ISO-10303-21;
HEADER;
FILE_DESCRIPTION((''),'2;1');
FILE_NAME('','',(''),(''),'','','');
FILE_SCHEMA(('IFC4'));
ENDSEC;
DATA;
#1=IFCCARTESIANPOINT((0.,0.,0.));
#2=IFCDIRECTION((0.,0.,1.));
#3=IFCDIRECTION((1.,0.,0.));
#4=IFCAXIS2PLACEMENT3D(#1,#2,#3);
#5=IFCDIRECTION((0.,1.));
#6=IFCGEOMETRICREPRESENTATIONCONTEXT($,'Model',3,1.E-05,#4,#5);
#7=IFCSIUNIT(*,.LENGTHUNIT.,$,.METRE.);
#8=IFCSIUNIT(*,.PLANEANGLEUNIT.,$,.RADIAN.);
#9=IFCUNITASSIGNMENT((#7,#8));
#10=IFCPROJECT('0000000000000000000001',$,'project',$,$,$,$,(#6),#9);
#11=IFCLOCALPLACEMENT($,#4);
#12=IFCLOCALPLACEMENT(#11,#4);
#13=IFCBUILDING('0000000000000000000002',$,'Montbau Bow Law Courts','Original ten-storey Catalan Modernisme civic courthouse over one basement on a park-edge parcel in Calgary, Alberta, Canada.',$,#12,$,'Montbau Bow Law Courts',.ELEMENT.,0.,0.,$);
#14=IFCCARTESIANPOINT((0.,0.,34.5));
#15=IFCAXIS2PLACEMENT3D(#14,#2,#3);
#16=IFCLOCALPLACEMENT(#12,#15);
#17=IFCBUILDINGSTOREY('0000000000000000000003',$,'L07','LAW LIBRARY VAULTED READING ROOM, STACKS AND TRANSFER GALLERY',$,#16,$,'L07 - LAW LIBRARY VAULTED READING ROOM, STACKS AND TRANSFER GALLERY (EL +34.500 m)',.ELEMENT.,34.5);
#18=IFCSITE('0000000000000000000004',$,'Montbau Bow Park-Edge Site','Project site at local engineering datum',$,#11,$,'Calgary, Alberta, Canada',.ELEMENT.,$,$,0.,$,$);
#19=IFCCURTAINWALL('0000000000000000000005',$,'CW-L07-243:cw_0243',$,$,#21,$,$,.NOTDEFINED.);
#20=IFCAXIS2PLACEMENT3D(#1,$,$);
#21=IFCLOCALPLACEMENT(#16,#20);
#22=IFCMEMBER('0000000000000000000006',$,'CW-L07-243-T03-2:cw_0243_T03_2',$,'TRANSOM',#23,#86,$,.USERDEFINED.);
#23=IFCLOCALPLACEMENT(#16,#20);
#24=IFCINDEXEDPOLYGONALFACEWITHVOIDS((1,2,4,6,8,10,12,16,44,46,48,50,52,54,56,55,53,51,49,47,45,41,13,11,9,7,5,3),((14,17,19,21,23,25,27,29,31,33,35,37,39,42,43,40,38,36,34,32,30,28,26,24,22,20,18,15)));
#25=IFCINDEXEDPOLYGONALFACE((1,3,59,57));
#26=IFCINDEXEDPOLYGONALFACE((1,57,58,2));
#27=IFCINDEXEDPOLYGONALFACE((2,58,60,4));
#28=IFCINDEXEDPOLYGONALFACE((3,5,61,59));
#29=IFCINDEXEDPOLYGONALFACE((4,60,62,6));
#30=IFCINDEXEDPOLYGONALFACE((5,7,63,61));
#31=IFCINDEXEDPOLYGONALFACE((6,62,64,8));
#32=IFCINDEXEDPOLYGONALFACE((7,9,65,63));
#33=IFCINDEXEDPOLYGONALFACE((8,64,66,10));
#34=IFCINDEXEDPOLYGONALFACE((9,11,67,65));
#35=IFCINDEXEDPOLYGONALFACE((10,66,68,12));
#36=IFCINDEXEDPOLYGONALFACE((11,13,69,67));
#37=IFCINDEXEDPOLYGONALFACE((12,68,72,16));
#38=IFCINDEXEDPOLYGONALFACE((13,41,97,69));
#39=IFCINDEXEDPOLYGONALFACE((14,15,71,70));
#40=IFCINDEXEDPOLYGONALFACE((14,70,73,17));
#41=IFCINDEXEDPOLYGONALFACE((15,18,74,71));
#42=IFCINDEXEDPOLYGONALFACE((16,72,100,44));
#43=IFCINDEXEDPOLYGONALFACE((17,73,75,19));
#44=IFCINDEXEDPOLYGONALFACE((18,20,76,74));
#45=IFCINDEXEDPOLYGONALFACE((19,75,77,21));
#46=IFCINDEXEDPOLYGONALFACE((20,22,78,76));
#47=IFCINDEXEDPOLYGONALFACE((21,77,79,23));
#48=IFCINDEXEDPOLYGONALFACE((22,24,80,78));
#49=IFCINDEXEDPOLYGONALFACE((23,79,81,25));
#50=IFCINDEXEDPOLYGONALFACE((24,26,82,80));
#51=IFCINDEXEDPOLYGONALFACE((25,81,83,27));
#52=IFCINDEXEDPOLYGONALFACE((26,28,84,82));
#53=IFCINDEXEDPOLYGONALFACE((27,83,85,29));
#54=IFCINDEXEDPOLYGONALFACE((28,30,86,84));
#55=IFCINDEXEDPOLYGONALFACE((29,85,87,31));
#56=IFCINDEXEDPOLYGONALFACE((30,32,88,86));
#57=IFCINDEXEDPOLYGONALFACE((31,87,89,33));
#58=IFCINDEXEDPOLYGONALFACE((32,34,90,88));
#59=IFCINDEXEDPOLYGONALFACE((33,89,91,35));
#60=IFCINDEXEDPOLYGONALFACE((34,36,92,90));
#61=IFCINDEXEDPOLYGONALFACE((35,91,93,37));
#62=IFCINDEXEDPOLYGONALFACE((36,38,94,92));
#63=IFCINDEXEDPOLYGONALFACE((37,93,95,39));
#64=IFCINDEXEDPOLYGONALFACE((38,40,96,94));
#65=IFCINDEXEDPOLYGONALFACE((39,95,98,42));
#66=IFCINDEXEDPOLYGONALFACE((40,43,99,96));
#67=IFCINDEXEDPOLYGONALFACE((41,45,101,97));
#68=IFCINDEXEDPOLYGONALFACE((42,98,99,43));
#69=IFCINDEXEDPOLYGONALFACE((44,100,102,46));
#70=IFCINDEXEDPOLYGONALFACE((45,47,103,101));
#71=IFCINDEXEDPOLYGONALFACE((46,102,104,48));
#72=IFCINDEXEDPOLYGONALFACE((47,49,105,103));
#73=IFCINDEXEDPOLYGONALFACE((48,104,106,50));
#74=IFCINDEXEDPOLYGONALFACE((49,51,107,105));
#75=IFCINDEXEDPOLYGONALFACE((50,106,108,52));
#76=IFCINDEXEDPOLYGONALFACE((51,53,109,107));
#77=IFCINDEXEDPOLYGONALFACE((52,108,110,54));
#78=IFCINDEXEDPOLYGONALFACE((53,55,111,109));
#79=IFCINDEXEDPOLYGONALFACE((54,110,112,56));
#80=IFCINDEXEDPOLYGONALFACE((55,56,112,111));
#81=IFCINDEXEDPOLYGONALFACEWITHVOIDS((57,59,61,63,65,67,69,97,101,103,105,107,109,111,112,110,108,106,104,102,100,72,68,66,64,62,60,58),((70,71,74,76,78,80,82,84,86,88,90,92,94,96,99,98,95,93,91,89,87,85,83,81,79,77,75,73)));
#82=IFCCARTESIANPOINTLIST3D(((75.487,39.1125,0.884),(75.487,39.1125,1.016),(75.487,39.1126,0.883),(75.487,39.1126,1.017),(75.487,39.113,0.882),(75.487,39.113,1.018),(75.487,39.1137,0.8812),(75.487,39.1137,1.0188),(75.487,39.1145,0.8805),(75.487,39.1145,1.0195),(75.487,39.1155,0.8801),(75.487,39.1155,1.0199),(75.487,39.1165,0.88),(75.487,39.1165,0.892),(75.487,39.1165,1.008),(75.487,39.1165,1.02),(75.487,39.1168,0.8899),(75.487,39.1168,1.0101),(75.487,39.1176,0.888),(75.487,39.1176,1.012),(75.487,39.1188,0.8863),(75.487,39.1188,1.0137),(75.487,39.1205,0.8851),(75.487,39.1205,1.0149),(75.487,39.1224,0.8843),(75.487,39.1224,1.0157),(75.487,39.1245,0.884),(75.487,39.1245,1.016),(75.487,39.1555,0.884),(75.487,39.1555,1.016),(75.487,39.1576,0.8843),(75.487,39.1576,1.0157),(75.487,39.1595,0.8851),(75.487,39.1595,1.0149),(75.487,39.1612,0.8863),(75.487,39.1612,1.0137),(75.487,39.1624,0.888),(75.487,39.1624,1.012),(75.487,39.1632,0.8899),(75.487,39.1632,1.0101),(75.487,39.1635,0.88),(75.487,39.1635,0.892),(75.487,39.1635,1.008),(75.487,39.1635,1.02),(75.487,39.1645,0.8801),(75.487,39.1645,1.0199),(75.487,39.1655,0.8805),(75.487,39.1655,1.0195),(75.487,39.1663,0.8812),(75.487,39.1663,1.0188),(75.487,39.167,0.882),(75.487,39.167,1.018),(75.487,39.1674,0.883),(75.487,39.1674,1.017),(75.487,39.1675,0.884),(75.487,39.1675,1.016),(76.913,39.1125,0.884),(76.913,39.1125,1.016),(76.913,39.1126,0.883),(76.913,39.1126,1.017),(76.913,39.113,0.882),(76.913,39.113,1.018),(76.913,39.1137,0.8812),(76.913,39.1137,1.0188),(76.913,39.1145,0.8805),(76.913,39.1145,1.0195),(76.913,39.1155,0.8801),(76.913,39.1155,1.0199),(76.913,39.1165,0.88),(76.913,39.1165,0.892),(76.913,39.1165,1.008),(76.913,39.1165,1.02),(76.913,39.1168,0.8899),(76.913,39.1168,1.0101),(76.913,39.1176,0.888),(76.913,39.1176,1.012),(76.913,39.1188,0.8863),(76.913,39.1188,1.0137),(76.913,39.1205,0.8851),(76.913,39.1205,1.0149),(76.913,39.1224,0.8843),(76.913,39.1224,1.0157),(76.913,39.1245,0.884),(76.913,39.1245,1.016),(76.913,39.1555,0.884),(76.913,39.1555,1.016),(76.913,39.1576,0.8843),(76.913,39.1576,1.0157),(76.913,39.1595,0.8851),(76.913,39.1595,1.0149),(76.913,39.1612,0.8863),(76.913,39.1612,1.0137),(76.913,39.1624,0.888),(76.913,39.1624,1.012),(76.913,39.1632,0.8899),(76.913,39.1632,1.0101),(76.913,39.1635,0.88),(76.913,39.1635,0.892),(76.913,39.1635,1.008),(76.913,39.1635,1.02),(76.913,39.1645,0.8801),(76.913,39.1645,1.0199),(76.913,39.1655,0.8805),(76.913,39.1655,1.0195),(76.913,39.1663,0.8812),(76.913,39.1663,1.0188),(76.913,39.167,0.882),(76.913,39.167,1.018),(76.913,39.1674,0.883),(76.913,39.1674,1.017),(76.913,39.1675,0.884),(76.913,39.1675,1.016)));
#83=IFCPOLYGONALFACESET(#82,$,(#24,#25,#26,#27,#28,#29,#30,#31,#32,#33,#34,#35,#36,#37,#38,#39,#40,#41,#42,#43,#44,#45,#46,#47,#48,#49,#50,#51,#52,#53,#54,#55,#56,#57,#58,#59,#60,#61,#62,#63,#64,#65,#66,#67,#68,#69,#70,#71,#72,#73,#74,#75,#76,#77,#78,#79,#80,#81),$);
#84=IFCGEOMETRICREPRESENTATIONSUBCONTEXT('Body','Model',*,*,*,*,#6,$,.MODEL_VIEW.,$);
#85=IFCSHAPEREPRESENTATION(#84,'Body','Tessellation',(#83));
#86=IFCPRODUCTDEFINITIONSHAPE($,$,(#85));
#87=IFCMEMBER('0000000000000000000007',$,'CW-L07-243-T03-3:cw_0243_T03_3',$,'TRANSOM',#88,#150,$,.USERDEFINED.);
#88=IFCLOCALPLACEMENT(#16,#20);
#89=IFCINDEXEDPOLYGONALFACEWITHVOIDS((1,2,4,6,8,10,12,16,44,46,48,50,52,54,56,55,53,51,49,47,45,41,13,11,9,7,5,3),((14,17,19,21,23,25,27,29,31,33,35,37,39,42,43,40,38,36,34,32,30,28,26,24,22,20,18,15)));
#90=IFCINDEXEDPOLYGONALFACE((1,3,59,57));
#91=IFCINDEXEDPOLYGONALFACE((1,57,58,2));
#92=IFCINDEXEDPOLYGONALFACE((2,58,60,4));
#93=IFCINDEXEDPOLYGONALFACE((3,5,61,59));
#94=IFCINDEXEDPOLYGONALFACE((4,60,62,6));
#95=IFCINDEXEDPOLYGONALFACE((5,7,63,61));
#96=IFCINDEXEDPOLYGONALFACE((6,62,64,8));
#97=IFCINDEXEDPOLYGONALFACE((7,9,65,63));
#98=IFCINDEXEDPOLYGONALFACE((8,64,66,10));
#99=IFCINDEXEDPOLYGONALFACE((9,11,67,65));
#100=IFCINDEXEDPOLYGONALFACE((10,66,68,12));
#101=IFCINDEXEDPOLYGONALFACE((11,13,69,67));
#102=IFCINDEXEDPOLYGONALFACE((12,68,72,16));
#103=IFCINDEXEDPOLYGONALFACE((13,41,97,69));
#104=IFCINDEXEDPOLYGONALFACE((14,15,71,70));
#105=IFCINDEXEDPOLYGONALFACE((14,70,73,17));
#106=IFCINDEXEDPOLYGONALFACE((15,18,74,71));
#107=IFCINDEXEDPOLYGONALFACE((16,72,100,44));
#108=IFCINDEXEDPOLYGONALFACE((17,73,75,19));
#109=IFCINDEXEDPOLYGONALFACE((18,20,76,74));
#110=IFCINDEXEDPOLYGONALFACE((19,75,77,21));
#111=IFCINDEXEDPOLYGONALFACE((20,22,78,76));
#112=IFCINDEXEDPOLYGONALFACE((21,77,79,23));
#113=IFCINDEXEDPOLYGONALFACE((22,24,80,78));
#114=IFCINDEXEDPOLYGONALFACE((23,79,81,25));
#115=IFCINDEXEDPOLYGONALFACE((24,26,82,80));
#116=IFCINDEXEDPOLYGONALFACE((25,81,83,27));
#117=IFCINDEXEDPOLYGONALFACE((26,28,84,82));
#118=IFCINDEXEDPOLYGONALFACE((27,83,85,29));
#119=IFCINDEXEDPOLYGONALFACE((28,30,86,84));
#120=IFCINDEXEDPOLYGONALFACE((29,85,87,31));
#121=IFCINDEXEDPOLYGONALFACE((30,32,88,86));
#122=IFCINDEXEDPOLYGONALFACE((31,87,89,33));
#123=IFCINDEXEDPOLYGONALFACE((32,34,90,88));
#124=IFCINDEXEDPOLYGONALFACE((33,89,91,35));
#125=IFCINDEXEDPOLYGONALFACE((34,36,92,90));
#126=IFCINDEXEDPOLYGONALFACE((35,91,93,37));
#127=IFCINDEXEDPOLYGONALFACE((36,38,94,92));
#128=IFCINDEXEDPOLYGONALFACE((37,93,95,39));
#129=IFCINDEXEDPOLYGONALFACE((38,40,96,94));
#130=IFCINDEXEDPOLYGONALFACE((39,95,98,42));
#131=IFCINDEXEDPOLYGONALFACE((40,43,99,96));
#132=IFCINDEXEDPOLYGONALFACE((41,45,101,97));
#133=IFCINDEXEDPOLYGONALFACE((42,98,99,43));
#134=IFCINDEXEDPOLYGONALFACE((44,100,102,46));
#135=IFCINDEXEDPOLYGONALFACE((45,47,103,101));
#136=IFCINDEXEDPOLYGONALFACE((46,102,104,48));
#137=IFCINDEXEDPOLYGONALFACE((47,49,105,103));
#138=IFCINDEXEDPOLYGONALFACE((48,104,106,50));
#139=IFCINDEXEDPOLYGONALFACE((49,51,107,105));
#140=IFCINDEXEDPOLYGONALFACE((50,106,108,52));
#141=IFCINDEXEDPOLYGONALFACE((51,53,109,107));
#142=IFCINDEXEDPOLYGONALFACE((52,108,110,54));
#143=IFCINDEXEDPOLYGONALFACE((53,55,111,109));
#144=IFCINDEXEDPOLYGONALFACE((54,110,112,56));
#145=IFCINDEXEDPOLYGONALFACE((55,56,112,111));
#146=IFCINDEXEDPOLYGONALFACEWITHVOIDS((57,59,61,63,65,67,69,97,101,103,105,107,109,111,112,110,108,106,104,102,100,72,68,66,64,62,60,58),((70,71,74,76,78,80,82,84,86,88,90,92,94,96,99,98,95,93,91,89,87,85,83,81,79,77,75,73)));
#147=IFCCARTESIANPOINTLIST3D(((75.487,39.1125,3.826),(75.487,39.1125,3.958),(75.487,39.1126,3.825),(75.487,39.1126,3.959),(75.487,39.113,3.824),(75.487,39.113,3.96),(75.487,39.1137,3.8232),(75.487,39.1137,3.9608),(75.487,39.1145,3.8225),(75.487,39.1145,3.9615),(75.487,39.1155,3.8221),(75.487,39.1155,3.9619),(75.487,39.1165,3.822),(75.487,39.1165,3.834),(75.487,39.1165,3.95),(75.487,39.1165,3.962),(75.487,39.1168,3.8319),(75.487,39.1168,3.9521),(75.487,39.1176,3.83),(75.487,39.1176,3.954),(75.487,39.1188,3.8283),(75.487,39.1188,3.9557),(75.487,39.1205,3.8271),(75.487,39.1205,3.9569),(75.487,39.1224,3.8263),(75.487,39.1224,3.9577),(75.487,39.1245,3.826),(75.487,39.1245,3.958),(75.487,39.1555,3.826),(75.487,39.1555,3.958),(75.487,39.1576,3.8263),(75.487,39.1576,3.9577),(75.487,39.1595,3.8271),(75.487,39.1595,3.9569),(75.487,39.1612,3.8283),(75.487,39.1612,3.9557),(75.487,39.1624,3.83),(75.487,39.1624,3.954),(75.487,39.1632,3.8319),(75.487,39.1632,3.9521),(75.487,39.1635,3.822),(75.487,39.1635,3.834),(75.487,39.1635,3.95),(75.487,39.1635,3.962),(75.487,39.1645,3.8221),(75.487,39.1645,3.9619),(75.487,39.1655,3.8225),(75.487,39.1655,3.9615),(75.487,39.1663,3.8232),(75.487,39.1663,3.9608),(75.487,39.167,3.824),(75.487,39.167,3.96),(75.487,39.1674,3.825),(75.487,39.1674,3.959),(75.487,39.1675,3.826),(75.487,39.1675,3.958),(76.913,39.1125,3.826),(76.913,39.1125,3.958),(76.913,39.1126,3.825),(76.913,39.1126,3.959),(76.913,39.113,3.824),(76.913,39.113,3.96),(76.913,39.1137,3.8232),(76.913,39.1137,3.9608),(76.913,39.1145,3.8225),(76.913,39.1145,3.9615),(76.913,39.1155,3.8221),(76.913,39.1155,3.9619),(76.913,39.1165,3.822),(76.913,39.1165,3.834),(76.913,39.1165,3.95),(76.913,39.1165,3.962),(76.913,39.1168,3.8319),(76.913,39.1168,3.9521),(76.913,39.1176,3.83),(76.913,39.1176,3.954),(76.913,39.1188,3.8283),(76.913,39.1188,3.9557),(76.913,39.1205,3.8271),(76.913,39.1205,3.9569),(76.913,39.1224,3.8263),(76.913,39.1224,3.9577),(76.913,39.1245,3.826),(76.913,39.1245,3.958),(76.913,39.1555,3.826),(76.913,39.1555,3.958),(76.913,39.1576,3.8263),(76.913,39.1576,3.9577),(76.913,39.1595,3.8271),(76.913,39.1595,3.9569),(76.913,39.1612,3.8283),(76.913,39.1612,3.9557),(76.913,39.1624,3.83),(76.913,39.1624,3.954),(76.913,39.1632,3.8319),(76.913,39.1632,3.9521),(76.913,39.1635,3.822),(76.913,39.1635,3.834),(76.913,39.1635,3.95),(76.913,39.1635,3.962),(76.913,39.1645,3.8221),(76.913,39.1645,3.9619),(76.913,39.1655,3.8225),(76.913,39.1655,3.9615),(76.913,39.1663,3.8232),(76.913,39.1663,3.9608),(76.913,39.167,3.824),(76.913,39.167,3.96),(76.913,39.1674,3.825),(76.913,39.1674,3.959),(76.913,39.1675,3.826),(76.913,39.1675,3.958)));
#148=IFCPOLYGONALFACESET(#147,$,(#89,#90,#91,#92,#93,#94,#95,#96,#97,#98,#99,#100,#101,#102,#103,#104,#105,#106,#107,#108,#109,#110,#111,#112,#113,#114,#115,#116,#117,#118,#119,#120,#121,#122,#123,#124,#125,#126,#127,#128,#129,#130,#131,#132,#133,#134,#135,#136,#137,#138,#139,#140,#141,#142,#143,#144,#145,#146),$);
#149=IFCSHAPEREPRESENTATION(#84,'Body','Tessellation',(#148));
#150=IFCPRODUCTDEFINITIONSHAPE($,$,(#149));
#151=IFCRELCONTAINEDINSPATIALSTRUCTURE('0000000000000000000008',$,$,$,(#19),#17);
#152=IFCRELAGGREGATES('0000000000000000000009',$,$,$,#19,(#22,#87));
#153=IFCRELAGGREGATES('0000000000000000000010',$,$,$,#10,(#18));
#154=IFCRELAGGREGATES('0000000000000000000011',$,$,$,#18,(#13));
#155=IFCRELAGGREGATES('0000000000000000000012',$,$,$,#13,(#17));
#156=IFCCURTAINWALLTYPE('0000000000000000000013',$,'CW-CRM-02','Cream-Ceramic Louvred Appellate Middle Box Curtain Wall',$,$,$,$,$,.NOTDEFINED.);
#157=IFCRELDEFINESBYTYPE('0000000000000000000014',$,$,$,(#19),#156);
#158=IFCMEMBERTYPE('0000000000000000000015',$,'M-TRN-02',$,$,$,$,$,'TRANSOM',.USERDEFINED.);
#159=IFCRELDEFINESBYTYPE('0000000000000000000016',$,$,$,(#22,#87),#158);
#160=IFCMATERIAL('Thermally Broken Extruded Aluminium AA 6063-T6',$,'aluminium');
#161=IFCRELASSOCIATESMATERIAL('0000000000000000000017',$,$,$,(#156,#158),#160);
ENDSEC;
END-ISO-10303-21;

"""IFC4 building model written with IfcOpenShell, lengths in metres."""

from ifc_helpers import new_model, si_unit, direction, frame, origin_with_axes, origin_2d_with_axis, place, context, subcontext, project, spatial, hollow_rectangle, extrude, material, material_profile, profile_set, type_object, element, aggregate, save


model = new_model("IFC4")

# Units and contexts
model_context = context("Model", 3, precision=1e-05, world=origin_with_axes(), true_north=direction((0.0, 1.0)))
body_context = subcontext(model_context, "Body", "Model", "MODEL_VIEW")
ifc_project = project(units=[si_unit("LENGTHUNIT", "METRE"), si_unit("PLANEANGLEUNIT", "RADIAN")], contexts=[model_context])

# Site, building, storey
site_placement = place(None, origin_with_axes())
site = spatial("IfcSite", under=ifc_project, at=site_placement, Name="Montbau Bow Park-Edge Site", Description="Project site at local engineering datum", LongName="Calgary, Alberta, Canada", CompositionType="ELEMENT", RefElevation=0.0)
building_placement = place(site_placement, origin_with_axes())
building = spatial("IfcBuilding", under=site, at=building_placement, Name="Montbau Bow Law Courts", Description="Original ten-storey Catalan Modernisme civic courthouse over one basement on a park-edge parcel in Calgary, Alberta, Canada.", LongName="Montbau Bow Law Courts", CompositionType="ELEMENT", ElevationOfRefHeight=0.0, ElevationOfTerrain=0.0)
storey_placement = place(building_placement, frame((0.0, 0.0, 34.5), z_axis=(0.0, 0.0, 1.0), x_axis=(1.0, 0.0, 0.0)))
storey = spatial("IfcBuildingStorey", under=building, at=storey_placement, Name="L07", Description="LAW LIBRARY VAULTED READING ROOM, STACKS AND TRANSFER GALLERY", LongName="L07 - LAW LIBRARY VAULTED READING ROOM, STACKS AND TRANSFER GALLERY (EL +34.500 m)", CompositionType="ELEMENT", Elevation=34.5)

# Curtain wall, members
ifc_material_1 = material(Name="Thermally Broken Extruded Aluminium AA 6063-T6", Category="aluminium")
curtain_wall_type = type_object("IfcCurtainWallType", Name="CW-CRM-02", Description="Cream-Ceramic Louvred Appellate Middle Box Curtain Wall", PredefinedType="NOTDEFINED", material=ifc_material_1)
curtain_wall_placement = place(None, frame((72.44, 39.14, 34.5), z_axis=(0.0, 0.0, 1.0), x_axis=(1.0, 0.0, 0.0)))
curtain_wall = element("IfcCurtainWall", 1, at=curtain_wall_placement, inside=storey, type_object=curtain_wall_type, Name="CW-L07-243:cw_0243", PredefinedType="NOTDEFINED")
ifc_material_profile_1 = material_profile(ifc_material_1, hollow_rectangle(XDim=0.055, YDim=0.14, WallThickness=0.004, InnerFilletRadius=0.008, OuterFilletRadius=0.004, at=origin_2d_with_axis()), Name="CWT-140X55", Category="Main", Priority=0)
ifc_profile_set_1 = profile_set([ifc_material_profile_1], Name="Thermally Broken Extruded Aluminium AA 6063-T6")
member_type_1 = type_object("IfcMemberType", Name="M-TRN-02", ElementType="TRANSOM", PredefinedType="USERDEFINED", material=ifc_profile_set_1)
member_1_placement = place(None, frame((75.487, 39.14, 35.45), z_axis=(1.0, 0.0, 0.0), x_axis=(0.0, 1.0, 0.0)))
member_1 = element("IfcMember", 2, at=member_1_placement, type_object=member_type_1, Name="CW-L07-243-T03-2:cw_0243_T03_2", ObjectType="TRANSOM", PredefinedType="USERDEFINED", context=body_context, shape_type="SweptSolid", body=[
    extrude(hollow_rectangle(XDim=0.055, YDim=0.14, WallThickness=0.004, InnerFilletRadius=0.008, OuterFilletRadius=0.004, at=origin_2d_with_axis()), origin_with_axes(), (0.0, 0.0, 1.0), 1.426),
])
member_2_placement = place(None, frame((75.487, 39.14, 38.392), z_axis=(1.0, 0.0, 0.0), x_axis=(0.0, 1.0, 0.0)))
member_2 = element("IfcMember", 3, at=member_2_placement, type_object=member_type_1, Name="CW-L07-243-T03-3:cw_0243_T03_3", ObjectType="TRANSOM", PredefinedType="USERDEFINED", context=body_context, shape_type="SweptSolid", body=[
    extrude(hollow_rectangle(XDim=0.055, YDim=0.14, WallThickness=0.004, InnerFilletRadius=0.008, OuterFilletRadius=0.004, at=origin_2d_with_axis()), origin_with_axes(), (0.0, 0.0, 1.0), 1.426),
])
aggregate(curtain_wall, [member_1, member_2])

save(model, "model.ifc")
